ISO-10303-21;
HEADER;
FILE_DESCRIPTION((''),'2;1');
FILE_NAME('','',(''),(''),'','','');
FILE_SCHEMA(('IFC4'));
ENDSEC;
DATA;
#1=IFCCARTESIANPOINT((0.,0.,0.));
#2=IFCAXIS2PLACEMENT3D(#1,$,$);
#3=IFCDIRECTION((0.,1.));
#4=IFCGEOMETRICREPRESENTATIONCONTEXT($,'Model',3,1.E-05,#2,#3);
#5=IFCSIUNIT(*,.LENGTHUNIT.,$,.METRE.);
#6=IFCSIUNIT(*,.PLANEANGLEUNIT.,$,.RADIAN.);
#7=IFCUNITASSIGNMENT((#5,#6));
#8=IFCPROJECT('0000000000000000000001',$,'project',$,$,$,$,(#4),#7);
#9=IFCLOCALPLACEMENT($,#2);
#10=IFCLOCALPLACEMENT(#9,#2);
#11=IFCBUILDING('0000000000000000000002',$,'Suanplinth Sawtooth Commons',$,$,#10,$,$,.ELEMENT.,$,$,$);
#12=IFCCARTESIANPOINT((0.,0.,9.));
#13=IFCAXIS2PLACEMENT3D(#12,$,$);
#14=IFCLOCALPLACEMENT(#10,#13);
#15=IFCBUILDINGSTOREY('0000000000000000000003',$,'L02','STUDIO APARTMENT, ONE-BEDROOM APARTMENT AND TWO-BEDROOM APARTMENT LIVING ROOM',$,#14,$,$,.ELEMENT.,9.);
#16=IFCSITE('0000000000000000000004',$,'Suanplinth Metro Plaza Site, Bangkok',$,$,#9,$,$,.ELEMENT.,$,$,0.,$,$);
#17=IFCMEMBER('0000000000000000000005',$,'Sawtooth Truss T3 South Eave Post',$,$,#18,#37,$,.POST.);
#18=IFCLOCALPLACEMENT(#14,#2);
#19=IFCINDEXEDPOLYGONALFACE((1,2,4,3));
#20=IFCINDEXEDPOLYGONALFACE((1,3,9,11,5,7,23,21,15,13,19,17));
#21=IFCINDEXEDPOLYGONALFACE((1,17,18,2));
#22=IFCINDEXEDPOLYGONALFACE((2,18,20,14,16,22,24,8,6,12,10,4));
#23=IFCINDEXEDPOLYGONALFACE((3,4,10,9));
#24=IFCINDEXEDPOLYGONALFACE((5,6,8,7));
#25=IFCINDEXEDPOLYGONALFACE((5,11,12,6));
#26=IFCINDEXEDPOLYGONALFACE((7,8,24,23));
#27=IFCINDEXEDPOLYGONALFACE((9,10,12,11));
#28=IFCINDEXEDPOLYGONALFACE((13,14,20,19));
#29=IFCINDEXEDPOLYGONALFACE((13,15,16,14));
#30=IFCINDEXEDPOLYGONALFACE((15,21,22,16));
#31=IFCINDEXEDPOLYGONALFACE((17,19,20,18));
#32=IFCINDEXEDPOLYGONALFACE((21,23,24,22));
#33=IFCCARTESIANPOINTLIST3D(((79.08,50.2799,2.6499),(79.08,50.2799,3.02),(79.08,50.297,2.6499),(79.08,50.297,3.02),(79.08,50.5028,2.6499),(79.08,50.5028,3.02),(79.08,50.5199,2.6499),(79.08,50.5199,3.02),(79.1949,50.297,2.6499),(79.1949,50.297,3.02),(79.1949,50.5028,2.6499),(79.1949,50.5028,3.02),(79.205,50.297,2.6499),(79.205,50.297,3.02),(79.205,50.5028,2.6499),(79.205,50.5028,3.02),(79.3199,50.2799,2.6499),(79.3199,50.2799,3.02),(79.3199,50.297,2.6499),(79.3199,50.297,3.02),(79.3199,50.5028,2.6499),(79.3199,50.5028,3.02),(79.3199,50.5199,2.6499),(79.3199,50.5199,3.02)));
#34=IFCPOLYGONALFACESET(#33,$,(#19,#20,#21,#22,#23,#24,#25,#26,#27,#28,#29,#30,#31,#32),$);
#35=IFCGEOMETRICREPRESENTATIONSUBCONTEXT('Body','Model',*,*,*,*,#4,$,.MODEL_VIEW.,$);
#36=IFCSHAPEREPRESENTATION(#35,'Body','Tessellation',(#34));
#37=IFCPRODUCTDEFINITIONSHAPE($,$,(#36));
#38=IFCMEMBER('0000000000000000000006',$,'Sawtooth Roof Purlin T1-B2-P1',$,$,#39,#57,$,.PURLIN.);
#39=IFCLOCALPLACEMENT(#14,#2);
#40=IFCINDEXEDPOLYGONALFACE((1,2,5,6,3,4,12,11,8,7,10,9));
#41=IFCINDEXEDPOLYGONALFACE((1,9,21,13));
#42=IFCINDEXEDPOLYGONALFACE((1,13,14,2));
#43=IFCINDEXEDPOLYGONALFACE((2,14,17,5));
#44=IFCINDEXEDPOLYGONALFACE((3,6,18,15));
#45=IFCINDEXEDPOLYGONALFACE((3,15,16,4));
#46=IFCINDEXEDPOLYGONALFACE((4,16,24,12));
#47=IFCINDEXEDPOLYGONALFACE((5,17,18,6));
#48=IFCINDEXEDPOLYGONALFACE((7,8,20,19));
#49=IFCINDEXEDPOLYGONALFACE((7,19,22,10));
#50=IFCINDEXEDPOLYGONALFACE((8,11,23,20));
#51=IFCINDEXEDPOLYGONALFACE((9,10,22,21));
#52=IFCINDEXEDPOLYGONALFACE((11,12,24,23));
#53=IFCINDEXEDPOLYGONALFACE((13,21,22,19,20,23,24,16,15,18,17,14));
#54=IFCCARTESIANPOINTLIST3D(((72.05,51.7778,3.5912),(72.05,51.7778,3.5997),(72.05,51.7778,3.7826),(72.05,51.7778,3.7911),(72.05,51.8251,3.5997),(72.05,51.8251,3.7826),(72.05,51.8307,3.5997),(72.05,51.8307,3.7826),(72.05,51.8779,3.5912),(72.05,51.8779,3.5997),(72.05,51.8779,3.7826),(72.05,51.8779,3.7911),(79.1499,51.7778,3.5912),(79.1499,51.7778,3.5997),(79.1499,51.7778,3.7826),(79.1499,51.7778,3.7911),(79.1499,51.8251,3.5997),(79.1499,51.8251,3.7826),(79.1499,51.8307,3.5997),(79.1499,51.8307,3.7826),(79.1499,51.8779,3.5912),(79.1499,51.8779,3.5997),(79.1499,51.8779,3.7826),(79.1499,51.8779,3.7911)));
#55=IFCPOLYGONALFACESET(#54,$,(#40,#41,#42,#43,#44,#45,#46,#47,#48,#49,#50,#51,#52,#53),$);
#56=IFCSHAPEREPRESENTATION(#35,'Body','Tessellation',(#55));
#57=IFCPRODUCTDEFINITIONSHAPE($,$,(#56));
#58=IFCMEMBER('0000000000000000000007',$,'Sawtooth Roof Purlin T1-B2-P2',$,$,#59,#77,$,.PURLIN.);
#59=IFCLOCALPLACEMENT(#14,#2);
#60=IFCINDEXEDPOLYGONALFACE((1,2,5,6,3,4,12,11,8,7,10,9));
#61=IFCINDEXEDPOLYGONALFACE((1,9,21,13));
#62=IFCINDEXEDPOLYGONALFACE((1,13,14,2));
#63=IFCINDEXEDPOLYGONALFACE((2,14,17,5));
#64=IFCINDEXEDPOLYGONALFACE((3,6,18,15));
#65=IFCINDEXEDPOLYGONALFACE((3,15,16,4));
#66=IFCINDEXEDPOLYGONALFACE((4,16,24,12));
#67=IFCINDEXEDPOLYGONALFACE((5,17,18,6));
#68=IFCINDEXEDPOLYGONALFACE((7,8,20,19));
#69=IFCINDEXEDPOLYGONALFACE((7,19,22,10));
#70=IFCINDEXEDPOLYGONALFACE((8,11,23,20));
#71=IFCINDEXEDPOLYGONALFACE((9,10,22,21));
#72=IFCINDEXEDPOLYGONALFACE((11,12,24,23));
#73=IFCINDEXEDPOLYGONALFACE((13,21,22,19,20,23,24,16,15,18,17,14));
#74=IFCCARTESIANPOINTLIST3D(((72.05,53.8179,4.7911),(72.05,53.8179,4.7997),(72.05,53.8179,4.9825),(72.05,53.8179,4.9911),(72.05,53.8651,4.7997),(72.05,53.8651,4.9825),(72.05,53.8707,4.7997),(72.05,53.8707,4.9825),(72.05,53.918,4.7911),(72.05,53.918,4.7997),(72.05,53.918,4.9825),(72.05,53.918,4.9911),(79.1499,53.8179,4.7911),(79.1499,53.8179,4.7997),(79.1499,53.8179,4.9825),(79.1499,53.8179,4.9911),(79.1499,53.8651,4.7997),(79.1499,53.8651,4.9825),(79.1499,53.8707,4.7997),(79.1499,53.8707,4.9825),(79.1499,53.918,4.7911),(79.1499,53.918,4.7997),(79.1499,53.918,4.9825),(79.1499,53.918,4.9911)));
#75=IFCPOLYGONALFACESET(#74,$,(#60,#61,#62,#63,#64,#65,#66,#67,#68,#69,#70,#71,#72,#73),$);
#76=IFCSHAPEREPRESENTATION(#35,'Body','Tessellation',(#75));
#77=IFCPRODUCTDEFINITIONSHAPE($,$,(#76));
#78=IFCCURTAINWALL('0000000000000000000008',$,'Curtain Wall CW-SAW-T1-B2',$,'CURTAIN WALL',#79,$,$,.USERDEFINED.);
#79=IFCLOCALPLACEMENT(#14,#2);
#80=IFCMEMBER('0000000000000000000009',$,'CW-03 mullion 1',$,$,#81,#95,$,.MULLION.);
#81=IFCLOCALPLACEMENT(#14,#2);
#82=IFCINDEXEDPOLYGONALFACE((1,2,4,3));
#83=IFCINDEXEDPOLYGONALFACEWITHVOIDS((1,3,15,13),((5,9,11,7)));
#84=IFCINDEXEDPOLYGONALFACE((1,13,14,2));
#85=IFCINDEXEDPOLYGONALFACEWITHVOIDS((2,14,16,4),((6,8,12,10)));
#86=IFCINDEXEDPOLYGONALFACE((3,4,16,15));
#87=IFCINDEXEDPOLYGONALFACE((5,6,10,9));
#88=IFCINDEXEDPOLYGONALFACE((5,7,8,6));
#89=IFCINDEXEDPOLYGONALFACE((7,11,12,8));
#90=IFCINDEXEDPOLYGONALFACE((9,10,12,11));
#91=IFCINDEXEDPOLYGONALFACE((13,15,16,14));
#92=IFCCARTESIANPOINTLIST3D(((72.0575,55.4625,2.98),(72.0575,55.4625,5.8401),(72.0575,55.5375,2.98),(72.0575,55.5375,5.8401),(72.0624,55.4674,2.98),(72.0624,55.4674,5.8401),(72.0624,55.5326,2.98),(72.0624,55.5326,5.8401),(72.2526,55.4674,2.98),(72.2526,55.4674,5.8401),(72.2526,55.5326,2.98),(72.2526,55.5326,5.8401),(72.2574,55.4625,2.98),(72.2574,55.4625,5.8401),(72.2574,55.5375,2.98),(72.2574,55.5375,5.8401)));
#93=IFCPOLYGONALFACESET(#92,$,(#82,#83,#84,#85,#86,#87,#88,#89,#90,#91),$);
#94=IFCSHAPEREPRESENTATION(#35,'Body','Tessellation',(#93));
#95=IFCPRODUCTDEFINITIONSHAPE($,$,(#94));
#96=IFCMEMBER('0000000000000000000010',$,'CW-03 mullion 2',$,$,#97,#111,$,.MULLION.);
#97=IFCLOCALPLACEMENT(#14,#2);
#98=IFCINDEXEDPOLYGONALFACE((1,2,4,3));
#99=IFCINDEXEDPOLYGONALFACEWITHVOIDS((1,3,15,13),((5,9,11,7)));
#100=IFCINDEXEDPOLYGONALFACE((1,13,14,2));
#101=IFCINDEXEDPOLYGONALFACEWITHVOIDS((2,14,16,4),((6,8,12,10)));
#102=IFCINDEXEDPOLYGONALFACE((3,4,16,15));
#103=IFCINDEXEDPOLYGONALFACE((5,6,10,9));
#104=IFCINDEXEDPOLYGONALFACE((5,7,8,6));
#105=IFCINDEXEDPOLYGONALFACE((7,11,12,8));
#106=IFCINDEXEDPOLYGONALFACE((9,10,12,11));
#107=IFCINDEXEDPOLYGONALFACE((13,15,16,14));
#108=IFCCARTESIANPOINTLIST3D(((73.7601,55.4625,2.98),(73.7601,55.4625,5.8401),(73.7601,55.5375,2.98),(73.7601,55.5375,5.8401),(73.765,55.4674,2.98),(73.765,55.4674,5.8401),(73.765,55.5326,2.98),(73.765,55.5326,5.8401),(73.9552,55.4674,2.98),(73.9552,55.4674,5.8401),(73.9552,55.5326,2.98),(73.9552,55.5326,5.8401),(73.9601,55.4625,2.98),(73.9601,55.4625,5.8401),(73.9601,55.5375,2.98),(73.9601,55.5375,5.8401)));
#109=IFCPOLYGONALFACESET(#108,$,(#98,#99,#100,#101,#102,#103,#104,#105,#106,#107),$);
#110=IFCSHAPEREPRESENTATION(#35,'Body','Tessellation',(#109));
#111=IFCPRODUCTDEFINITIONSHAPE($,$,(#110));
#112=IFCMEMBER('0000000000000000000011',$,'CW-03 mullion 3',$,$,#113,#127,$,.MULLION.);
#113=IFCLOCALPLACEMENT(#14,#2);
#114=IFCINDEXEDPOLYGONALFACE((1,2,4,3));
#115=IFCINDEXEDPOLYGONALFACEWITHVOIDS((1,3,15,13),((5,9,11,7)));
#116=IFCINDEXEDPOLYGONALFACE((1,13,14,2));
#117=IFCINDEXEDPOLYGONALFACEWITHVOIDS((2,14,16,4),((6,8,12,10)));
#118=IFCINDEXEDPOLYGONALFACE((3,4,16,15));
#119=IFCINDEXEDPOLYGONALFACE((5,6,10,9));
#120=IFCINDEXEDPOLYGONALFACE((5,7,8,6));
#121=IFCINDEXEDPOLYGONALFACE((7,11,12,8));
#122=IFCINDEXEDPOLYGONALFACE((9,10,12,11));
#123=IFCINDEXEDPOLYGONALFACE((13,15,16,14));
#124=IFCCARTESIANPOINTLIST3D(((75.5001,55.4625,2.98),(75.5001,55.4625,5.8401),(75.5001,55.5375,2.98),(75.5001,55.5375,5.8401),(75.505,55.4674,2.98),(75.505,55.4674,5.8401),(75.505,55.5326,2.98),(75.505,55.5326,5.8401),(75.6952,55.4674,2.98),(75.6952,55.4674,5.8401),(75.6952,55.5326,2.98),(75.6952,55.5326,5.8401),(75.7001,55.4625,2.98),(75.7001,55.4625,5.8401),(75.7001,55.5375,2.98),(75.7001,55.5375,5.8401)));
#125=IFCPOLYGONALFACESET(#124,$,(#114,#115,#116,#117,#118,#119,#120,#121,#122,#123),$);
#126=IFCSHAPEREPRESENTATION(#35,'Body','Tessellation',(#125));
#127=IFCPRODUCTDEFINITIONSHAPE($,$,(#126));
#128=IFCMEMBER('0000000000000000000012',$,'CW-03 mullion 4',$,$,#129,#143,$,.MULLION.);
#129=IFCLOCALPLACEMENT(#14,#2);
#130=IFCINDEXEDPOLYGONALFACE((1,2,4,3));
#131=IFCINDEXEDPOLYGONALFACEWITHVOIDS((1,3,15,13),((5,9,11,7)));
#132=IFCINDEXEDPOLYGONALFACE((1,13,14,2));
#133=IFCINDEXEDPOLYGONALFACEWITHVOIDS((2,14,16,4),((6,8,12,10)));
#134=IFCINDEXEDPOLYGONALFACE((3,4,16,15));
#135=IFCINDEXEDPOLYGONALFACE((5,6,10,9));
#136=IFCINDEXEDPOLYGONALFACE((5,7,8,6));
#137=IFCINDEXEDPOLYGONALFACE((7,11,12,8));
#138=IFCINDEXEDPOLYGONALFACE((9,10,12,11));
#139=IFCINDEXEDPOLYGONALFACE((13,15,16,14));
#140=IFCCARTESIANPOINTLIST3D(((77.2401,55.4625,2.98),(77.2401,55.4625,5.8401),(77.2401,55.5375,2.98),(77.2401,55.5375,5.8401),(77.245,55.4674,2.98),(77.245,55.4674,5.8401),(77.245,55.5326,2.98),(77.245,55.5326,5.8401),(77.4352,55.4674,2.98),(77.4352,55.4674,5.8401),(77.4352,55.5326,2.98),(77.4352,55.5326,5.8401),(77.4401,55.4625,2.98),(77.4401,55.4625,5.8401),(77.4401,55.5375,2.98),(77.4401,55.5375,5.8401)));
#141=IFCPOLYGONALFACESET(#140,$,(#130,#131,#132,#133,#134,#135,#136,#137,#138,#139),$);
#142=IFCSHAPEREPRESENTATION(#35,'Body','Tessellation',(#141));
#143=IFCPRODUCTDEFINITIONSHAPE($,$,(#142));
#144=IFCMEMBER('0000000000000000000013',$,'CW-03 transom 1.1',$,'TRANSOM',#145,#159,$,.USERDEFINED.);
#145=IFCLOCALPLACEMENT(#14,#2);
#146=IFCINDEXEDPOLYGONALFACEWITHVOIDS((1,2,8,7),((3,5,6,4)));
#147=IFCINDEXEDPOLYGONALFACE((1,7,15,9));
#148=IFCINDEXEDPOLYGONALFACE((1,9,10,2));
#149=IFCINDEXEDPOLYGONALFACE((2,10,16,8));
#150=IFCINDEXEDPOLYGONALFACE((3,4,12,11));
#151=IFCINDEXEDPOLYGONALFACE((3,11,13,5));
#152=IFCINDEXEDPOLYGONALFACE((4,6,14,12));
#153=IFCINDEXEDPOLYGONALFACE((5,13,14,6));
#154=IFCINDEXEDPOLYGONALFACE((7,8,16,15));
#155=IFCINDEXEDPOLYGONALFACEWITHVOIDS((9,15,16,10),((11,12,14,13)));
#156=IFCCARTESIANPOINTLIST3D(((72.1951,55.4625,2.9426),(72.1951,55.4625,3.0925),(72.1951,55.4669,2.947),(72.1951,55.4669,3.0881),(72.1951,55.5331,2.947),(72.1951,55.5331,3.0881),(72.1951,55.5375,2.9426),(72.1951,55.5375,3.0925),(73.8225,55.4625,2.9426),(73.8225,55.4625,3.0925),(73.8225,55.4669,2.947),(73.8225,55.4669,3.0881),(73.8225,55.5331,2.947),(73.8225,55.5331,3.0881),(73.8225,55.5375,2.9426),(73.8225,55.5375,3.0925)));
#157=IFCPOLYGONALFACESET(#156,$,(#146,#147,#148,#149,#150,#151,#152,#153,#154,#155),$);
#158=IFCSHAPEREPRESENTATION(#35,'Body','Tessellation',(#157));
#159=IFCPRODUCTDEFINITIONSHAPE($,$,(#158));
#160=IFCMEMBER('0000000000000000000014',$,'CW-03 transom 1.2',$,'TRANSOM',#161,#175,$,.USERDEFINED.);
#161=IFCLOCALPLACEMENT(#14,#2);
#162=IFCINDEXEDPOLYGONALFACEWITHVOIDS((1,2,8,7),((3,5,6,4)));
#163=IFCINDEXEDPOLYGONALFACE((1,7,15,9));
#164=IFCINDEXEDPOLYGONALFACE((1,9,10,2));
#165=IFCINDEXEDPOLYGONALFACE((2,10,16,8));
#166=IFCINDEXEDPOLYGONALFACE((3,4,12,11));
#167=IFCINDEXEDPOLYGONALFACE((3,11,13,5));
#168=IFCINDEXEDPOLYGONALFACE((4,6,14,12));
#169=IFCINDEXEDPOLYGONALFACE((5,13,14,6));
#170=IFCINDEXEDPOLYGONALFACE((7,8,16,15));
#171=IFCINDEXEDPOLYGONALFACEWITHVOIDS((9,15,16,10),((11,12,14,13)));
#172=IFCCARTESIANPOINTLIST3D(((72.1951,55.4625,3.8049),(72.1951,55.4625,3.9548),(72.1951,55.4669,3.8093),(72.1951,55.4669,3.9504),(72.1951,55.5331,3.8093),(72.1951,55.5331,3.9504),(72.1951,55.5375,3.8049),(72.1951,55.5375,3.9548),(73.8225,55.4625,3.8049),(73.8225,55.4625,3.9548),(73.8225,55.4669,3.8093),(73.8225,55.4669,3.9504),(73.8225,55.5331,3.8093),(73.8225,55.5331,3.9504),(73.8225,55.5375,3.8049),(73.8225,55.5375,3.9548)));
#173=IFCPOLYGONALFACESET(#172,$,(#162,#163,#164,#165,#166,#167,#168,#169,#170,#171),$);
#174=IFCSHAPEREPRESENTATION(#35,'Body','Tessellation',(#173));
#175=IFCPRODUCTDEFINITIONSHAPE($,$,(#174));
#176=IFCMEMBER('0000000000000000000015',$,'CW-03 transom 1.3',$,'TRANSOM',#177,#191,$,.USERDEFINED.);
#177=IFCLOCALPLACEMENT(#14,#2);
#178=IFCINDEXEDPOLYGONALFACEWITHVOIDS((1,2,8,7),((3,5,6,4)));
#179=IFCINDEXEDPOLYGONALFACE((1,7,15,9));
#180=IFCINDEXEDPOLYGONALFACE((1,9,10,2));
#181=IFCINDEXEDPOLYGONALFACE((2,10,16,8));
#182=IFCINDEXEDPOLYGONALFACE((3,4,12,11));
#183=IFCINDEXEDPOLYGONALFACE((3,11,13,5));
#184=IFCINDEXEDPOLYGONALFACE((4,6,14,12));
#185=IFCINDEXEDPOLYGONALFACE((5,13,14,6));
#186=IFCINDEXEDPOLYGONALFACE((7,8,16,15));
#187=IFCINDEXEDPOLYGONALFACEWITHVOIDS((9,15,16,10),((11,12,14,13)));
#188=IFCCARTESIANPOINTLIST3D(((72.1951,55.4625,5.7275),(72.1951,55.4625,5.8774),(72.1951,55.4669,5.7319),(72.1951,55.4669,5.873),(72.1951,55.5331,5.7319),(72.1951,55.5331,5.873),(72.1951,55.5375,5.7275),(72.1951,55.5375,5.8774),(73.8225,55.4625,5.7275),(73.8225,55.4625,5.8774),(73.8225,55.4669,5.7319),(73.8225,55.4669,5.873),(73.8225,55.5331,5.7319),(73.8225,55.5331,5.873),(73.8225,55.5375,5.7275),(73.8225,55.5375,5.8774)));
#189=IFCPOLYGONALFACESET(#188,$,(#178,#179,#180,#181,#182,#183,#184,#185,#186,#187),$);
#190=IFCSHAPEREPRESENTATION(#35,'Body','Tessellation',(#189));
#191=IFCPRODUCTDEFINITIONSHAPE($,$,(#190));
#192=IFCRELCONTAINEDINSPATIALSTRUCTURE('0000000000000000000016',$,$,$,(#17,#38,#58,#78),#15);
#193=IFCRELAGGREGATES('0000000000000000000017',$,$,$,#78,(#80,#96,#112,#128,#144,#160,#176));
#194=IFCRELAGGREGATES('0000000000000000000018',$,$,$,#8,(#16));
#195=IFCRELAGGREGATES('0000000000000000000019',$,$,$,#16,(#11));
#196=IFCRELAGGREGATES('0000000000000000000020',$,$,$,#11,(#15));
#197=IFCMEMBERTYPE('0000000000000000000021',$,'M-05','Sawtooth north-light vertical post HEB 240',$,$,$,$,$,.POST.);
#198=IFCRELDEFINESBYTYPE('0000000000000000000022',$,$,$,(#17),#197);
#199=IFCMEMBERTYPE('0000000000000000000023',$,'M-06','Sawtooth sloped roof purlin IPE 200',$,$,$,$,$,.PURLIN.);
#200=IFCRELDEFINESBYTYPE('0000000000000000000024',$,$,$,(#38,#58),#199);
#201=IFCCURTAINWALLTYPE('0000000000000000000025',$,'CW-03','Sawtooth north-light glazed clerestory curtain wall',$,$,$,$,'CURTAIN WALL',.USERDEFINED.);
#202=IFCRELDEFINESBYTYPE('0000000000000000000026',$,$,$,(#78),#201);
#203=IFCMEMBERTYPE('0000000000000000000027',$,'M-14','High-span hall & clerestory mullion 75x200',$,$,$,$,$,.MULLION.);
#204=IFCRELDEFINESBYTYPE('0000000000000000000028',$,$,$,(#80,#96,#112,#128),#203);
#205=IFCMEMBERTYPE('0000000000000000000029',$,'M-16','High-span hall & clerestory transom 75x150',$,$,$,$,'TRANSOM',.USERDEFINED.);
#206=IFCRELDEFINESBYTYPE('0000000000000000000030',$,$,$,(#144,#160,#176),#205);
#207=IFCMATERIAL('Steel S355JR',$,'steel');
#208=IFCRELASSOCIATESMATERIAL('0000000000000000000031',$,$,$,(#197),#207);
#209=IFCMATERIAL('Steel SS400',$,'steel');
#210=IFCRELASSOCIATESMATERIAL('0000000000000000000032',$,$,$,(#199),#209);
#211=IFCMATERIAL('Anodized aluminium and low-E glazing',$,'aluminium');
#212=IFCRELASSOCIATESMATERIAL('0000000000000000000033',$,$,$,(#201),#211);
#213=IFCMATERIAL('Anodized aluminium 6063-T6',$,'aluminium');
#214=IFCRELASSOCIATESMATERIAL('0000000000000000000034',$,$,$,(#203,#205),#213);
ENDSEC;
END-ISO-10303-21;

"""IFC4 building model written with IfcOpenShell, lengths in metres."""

from ifc_helpers import new_model, si_unit, direction, frame, origin, origin_2d, place, context, subcontext, project, spatial, hollow_rectangle, i_section, extrude, material, material_profile, profile_set, type_object, element, aggregate, save


model = new_model("IFC4")

# Units and contexts
model_context = context("Model", 3, precision=1e-05, world=origin(), true_north=direction((0.0, 1.0)))
body_context = subcontext(model_context, "Body", "Model", "MODEL_VIEW")
ifc_project = project(units=[si_unit("LENGTHUNIT", "METRE"), si_unit("PLANEANGLEUNIT", "RADIAN")], contexts=[model_context])

# Site, building, storey
site_placement = place(None, origin())
site = spatial("IfcSite", under=ifc_project, at=site_placement, Name="Suanplinth Metro Plaza Site, Bangkok", CompositionType="ELEMENT", RefElevation=0.0)
building_placement = place(site_placement, origin())
building = spatial("IfcBuilding", under=site, at=building_placement, Name="Suanplinth Sawtooth Commons", CompositionType="ELEMENT")
storey_placement = place(building_placement, frame((0.0, 0.0, 9.0)))
storey = spatial("IfcBuildingStorey", under=building, at=storey_placement, Name="L02", Description="STUDIO APARTMENT, ONE-BEDROOM APARTMENT AND TWO-BEDROOM APARTMENT LIVING ROOM", CompositionType="ELEMENT", Elevation=9.0)

# Shared definitions
ifc_material_1 = material(Name="Steel S355JR", Category="steel")

# Members
ifc_material_profile_1 = material_profile(ifc_material_1, i_section(OverallWidth=0.24, OverallDepth=0.24, WebThickness=0.01, FlangeThickness=0.0171, at=origin_2d()), Name="HEB 240")
ifc_profile_set_1 = profile_set([ifc_material_profile_1], Name="Steel S355JR")
member_type_1 = type_object("IfcMemberType", Name="M-05", Description="Sawtooth north-light vertical post HEB 240", PredefinedType="POST", material=ifc_profile_set_1)
member_1_placement = place(storey_placement, frame((79.2, 50.3999, 2.6499), z_axis=(0.0, 0.0, 1.0), x_axis=(1.0, 0.0, 0.0)))
element("IfcMember", 1, at=member_1_placement, inside=storey, type_object=member_type_1, Name="Sawtooth Truss T3 South Eave Post", PredefinedType="POST", context=body_context, shape_type="SweptSolid", body=[
    extrude(i_section(OverallWidth=0.24, OverallDepth=0.24, WebThickness=0.01, FlangeThickness=0.0171, at=origin_2d()), origin(), (0.0, 0.0, 1.0), 0.3701),
])
ifc_material_2 = material(Name="Steel SS400", Category="steel")
ifc_material_profile_2 = material_profile(ifc_material_2, i_section(OverallWidth=0.1001, OverallDepth=0.2, WebThickness=0.0056, FlangeThickness=0.0085, at=origin_2d()), Name="IPE 200")
ifc_profile_set_2 = profile_set([ifc_material_profile_2], Name="Steel SS400")
member_type_2 = type_object("IfcMemberType", Name="M-06", Description="Sawtooth sloped roof purlin IPE 200", PredefinedType="PURLIN", material=ifc_profile_set_2)
for number, where, z_axis, x_axis, name in (
    (2, (72.05, 51.8279, 3.6912), (1.0, 0.0, 0.0), (0.0, 1.0, 0.0), "Sawtooth Roof Purlin T1-B2-P1"),
    (3, (72.05, 53.8679, 4.8911), (1.0, 0.0, 0.0), (0.0, 1.0, 0.0), "Sawtooth Roof Purlin T1-B2-P2"),
):
    element("IfcMember", number, at=place(storey_placement, frame(where, z_axis=z_axis, x_axis=x_axis)), inside=storey, type_object=member_type_2, Name=name, PredefinedType="PURLIN", context=body_context, shape_type="SweptSolid", body=[
        extrude(i_section(OverallWidth=0.1001, OverallDepth=0.2, WebThickness=0.0056, FlangeThickness=0.0085, at=origin_2d()), origin(), (0.0, 0.0, 1.0), 7.0999),
    ])

# Curtain wall, members
ifc_material_3 = material(Name="Anodized aluminium and low-E glazing", Category="aluminium")
curtain_wall_type = type_object("IfcCurtainWallType", Name="CW-03", Description="Sawtooth north-light glazed clerestory curtain wall", ElementType="CURTAIN WALL", PredefinedType="USERDEFINED", material=ifc_material_3)
curtain_wall_placement = place(storey_placement, origin())
curtain_wall = element("IfcCurtainWall", 4, at=curtain_wall_placement, inside=storey, type_object=curtain_wall_type, Name="Curtain Wall CW-SAW-T1-B2", ObjectType="CURTAIN WALL", PredefinedType="USERDEFINED")
ifc_material_4 = material(Name="Anodized aluminium 6063-T6", Category="aluminium")
ifc_material_profile_3 = material_profile(ifc_material_4, hollow_rectangle(XDim=0.075, YDim=0.2, WallThickness=0.0049, at=origin_2d()), Name="ALU-MUL 75x200")
ifc_profile_set_3 = profile_set([ifc_material_profile_3], Name="Anodized aluminium 6063-T6")
member_type_3 = type_object("IfcMemberType", Name="M-14", Description="High-span hall & clerestory mullion 75x200", PredefinedType="MULLION", material=ifc_profile_set_3)
member_2_placement = place(storey_placement, frame((72.1575, 55.5, 2.98), z_axis=(0.0, 0.0, 1.0), x_axis=(0.0, 1.0, 0.0)))
member_2 = element("IfcMember", 5, at=member_2_placement, type_object=member_type_3, Name="CW-03 mullion 1", PredefinedType="MULLION", context=body_context, shape_type="SweptSolid", body=[
    extrude(hollow_rectangle(XDim=0.075, YDim=0.2, WallThickness=0.0049, at=origin_2d()), origin(), (0.0, 0.0, 1.0), 2.8601),
])
member_3_placement = place(storey_placement, frame((73.8601, 55.5, 2.98), z_axis=(0.0, 0.0, 1.0), x_axis=(0.0, 1.0, 0.0)))
member_3 = element("IfcMember", 6, at=member_3_placement, type_object=member_type_3, Name="CW-03 mullion 2", PredefinedType="MULLION", context=body_context, shape_type="SweptSolid", body=[
    extrude(hollow_rectangle(XDim=0.075, YDim=0.2, WallThickness=0.0049, at=origin_2d()), origin(), (0.0, 0.0, 1.0), 2.8601),
])
member_4_placement = place(storey_placement, frame((75.6001, 55.5, 2.98), z_axis=(0.0, 0.0, 1.0), x_axis=(0.0, 1.0, 0.0)))
member_4 = element("IfcMember", 7, at=member_4_placement, type_object=member_type_3, Name="CW-03 mullion 3", PredefinedType="MULLION", context=body_context, shape_type="SweptSolid", body=[
    extrude(hollow_rectangle(XDim=0.075, YDim=0.2, WallThickness=0.0049, at=origin_2d()), origin(), (0.0, 0.0, 1.0), 2.8601),
])
member_5_placement = place(storey_placement, frame((77.3401, 55.5, 2.98), z_axis=(0.0, 0.0, 1.0), x_axis=(0.0, 1.0, 0.0)))
member_5 = element("IfcMember", 8, at=member_5_placement, type_object=member_type_3, Name="CW-03 mullion 4", PredefinedType="MULLION", context=body_context, shape_type="SweptSolid", body=[
    extrude(hollow_rectangle(XDim=0.075, YDim=0.2, WallThickness=0.0049, at=origin_2d()), origin(), (0.0, 0.0, 1.0), 2.8601),
])
ifc_material_profile_4 = material_profile(ifc_material_4, hollow_rectangle(XDim=0.075, YDim=0.1499, WallThickness=0.0044, at=origin_2d()), Name="ALU-TRN 75x150")
ifc_profile_set_4 = profile_set([ifc_material_profile_4], Name="Anodized aluminium 6063-T6")
member_type_4 = type_object("IfcMemberType", Name="M-16", Description="High-span hall & clerestory transom 75x150", ElementType="TRANSOM", PredefinedType="USERDEFINED", material=ifc_profile_set_4)
member_6_placement = place(storey_placement, frame((72.1951, 55.5, 3.0176), z_axis=(1.0, 0.0, 0.0), x_axis=(0.0, 1.0, 0.0)))
member_6 = element("IfcMember", 9, at=member_6_placement, type_object=member_type_4, Name="CW-03 transom 1.1", ObjectType="TRANSOM", PredefinedType="USERDEFINED", context=body_context, shape_type="SweptSolid", body=[
    extrude(hollow_rectangle(XDim=0.075, YDim=0.1499, WallThickness=0.0044, at=origin_2d()), origin(), (0.0, 0.0, 1.0), 1.6274),
])
member_7_placement = place(storey_placement, frame((72.1951, 55.5, 3.8799), z_axis=(1.0, 0.0, 0.0), x_axis=(0.0, 1.0, 0.0)))
member_7 = element("IfcMember", 10, at=member_7_placement, type_object=member_type_4, Name="CW-03 transom 1.2", ObjectType="TRANSOM", PredefinedType="USERDEFINED", context=body_context, shape_type="SweptSolid", body=[
    extrude(hollow_rectangle(XDim=0.075, YDim=0.1499, WallThickness=0.0044, at=origin_2d()), origin(), (0.0, 0.0, 1.0), 1.6274),
])
member_8_placement = place(storey_placement, frame((72.1951, 55.5, 5.8025), z_axis=(1.0, 0.0, 0.0), x_axis=(0.0, 1.0, 0.0)))
member_8 = element("IfcMember", 11, at=member_8_placement, type_object=member_type_4, Name="CW-03 transom 1.3", ObjectType="TRANSOM", PredefinedType="USERDEFINED", context=body_context, shape_type="SweptSolid", body=[
    extrude(hollow_rectangle(XDim=0.075, YDim=0.1499, WallThickness=0.0044, at=origin_2d()), origin(), (0.0, 0.0, 1.0), 1.6274),
])

aggregate(curtain_wall, [member_2, member_3, member_4, member_5, member_6, member_7, member_8])

save(model, "model.ifc")
